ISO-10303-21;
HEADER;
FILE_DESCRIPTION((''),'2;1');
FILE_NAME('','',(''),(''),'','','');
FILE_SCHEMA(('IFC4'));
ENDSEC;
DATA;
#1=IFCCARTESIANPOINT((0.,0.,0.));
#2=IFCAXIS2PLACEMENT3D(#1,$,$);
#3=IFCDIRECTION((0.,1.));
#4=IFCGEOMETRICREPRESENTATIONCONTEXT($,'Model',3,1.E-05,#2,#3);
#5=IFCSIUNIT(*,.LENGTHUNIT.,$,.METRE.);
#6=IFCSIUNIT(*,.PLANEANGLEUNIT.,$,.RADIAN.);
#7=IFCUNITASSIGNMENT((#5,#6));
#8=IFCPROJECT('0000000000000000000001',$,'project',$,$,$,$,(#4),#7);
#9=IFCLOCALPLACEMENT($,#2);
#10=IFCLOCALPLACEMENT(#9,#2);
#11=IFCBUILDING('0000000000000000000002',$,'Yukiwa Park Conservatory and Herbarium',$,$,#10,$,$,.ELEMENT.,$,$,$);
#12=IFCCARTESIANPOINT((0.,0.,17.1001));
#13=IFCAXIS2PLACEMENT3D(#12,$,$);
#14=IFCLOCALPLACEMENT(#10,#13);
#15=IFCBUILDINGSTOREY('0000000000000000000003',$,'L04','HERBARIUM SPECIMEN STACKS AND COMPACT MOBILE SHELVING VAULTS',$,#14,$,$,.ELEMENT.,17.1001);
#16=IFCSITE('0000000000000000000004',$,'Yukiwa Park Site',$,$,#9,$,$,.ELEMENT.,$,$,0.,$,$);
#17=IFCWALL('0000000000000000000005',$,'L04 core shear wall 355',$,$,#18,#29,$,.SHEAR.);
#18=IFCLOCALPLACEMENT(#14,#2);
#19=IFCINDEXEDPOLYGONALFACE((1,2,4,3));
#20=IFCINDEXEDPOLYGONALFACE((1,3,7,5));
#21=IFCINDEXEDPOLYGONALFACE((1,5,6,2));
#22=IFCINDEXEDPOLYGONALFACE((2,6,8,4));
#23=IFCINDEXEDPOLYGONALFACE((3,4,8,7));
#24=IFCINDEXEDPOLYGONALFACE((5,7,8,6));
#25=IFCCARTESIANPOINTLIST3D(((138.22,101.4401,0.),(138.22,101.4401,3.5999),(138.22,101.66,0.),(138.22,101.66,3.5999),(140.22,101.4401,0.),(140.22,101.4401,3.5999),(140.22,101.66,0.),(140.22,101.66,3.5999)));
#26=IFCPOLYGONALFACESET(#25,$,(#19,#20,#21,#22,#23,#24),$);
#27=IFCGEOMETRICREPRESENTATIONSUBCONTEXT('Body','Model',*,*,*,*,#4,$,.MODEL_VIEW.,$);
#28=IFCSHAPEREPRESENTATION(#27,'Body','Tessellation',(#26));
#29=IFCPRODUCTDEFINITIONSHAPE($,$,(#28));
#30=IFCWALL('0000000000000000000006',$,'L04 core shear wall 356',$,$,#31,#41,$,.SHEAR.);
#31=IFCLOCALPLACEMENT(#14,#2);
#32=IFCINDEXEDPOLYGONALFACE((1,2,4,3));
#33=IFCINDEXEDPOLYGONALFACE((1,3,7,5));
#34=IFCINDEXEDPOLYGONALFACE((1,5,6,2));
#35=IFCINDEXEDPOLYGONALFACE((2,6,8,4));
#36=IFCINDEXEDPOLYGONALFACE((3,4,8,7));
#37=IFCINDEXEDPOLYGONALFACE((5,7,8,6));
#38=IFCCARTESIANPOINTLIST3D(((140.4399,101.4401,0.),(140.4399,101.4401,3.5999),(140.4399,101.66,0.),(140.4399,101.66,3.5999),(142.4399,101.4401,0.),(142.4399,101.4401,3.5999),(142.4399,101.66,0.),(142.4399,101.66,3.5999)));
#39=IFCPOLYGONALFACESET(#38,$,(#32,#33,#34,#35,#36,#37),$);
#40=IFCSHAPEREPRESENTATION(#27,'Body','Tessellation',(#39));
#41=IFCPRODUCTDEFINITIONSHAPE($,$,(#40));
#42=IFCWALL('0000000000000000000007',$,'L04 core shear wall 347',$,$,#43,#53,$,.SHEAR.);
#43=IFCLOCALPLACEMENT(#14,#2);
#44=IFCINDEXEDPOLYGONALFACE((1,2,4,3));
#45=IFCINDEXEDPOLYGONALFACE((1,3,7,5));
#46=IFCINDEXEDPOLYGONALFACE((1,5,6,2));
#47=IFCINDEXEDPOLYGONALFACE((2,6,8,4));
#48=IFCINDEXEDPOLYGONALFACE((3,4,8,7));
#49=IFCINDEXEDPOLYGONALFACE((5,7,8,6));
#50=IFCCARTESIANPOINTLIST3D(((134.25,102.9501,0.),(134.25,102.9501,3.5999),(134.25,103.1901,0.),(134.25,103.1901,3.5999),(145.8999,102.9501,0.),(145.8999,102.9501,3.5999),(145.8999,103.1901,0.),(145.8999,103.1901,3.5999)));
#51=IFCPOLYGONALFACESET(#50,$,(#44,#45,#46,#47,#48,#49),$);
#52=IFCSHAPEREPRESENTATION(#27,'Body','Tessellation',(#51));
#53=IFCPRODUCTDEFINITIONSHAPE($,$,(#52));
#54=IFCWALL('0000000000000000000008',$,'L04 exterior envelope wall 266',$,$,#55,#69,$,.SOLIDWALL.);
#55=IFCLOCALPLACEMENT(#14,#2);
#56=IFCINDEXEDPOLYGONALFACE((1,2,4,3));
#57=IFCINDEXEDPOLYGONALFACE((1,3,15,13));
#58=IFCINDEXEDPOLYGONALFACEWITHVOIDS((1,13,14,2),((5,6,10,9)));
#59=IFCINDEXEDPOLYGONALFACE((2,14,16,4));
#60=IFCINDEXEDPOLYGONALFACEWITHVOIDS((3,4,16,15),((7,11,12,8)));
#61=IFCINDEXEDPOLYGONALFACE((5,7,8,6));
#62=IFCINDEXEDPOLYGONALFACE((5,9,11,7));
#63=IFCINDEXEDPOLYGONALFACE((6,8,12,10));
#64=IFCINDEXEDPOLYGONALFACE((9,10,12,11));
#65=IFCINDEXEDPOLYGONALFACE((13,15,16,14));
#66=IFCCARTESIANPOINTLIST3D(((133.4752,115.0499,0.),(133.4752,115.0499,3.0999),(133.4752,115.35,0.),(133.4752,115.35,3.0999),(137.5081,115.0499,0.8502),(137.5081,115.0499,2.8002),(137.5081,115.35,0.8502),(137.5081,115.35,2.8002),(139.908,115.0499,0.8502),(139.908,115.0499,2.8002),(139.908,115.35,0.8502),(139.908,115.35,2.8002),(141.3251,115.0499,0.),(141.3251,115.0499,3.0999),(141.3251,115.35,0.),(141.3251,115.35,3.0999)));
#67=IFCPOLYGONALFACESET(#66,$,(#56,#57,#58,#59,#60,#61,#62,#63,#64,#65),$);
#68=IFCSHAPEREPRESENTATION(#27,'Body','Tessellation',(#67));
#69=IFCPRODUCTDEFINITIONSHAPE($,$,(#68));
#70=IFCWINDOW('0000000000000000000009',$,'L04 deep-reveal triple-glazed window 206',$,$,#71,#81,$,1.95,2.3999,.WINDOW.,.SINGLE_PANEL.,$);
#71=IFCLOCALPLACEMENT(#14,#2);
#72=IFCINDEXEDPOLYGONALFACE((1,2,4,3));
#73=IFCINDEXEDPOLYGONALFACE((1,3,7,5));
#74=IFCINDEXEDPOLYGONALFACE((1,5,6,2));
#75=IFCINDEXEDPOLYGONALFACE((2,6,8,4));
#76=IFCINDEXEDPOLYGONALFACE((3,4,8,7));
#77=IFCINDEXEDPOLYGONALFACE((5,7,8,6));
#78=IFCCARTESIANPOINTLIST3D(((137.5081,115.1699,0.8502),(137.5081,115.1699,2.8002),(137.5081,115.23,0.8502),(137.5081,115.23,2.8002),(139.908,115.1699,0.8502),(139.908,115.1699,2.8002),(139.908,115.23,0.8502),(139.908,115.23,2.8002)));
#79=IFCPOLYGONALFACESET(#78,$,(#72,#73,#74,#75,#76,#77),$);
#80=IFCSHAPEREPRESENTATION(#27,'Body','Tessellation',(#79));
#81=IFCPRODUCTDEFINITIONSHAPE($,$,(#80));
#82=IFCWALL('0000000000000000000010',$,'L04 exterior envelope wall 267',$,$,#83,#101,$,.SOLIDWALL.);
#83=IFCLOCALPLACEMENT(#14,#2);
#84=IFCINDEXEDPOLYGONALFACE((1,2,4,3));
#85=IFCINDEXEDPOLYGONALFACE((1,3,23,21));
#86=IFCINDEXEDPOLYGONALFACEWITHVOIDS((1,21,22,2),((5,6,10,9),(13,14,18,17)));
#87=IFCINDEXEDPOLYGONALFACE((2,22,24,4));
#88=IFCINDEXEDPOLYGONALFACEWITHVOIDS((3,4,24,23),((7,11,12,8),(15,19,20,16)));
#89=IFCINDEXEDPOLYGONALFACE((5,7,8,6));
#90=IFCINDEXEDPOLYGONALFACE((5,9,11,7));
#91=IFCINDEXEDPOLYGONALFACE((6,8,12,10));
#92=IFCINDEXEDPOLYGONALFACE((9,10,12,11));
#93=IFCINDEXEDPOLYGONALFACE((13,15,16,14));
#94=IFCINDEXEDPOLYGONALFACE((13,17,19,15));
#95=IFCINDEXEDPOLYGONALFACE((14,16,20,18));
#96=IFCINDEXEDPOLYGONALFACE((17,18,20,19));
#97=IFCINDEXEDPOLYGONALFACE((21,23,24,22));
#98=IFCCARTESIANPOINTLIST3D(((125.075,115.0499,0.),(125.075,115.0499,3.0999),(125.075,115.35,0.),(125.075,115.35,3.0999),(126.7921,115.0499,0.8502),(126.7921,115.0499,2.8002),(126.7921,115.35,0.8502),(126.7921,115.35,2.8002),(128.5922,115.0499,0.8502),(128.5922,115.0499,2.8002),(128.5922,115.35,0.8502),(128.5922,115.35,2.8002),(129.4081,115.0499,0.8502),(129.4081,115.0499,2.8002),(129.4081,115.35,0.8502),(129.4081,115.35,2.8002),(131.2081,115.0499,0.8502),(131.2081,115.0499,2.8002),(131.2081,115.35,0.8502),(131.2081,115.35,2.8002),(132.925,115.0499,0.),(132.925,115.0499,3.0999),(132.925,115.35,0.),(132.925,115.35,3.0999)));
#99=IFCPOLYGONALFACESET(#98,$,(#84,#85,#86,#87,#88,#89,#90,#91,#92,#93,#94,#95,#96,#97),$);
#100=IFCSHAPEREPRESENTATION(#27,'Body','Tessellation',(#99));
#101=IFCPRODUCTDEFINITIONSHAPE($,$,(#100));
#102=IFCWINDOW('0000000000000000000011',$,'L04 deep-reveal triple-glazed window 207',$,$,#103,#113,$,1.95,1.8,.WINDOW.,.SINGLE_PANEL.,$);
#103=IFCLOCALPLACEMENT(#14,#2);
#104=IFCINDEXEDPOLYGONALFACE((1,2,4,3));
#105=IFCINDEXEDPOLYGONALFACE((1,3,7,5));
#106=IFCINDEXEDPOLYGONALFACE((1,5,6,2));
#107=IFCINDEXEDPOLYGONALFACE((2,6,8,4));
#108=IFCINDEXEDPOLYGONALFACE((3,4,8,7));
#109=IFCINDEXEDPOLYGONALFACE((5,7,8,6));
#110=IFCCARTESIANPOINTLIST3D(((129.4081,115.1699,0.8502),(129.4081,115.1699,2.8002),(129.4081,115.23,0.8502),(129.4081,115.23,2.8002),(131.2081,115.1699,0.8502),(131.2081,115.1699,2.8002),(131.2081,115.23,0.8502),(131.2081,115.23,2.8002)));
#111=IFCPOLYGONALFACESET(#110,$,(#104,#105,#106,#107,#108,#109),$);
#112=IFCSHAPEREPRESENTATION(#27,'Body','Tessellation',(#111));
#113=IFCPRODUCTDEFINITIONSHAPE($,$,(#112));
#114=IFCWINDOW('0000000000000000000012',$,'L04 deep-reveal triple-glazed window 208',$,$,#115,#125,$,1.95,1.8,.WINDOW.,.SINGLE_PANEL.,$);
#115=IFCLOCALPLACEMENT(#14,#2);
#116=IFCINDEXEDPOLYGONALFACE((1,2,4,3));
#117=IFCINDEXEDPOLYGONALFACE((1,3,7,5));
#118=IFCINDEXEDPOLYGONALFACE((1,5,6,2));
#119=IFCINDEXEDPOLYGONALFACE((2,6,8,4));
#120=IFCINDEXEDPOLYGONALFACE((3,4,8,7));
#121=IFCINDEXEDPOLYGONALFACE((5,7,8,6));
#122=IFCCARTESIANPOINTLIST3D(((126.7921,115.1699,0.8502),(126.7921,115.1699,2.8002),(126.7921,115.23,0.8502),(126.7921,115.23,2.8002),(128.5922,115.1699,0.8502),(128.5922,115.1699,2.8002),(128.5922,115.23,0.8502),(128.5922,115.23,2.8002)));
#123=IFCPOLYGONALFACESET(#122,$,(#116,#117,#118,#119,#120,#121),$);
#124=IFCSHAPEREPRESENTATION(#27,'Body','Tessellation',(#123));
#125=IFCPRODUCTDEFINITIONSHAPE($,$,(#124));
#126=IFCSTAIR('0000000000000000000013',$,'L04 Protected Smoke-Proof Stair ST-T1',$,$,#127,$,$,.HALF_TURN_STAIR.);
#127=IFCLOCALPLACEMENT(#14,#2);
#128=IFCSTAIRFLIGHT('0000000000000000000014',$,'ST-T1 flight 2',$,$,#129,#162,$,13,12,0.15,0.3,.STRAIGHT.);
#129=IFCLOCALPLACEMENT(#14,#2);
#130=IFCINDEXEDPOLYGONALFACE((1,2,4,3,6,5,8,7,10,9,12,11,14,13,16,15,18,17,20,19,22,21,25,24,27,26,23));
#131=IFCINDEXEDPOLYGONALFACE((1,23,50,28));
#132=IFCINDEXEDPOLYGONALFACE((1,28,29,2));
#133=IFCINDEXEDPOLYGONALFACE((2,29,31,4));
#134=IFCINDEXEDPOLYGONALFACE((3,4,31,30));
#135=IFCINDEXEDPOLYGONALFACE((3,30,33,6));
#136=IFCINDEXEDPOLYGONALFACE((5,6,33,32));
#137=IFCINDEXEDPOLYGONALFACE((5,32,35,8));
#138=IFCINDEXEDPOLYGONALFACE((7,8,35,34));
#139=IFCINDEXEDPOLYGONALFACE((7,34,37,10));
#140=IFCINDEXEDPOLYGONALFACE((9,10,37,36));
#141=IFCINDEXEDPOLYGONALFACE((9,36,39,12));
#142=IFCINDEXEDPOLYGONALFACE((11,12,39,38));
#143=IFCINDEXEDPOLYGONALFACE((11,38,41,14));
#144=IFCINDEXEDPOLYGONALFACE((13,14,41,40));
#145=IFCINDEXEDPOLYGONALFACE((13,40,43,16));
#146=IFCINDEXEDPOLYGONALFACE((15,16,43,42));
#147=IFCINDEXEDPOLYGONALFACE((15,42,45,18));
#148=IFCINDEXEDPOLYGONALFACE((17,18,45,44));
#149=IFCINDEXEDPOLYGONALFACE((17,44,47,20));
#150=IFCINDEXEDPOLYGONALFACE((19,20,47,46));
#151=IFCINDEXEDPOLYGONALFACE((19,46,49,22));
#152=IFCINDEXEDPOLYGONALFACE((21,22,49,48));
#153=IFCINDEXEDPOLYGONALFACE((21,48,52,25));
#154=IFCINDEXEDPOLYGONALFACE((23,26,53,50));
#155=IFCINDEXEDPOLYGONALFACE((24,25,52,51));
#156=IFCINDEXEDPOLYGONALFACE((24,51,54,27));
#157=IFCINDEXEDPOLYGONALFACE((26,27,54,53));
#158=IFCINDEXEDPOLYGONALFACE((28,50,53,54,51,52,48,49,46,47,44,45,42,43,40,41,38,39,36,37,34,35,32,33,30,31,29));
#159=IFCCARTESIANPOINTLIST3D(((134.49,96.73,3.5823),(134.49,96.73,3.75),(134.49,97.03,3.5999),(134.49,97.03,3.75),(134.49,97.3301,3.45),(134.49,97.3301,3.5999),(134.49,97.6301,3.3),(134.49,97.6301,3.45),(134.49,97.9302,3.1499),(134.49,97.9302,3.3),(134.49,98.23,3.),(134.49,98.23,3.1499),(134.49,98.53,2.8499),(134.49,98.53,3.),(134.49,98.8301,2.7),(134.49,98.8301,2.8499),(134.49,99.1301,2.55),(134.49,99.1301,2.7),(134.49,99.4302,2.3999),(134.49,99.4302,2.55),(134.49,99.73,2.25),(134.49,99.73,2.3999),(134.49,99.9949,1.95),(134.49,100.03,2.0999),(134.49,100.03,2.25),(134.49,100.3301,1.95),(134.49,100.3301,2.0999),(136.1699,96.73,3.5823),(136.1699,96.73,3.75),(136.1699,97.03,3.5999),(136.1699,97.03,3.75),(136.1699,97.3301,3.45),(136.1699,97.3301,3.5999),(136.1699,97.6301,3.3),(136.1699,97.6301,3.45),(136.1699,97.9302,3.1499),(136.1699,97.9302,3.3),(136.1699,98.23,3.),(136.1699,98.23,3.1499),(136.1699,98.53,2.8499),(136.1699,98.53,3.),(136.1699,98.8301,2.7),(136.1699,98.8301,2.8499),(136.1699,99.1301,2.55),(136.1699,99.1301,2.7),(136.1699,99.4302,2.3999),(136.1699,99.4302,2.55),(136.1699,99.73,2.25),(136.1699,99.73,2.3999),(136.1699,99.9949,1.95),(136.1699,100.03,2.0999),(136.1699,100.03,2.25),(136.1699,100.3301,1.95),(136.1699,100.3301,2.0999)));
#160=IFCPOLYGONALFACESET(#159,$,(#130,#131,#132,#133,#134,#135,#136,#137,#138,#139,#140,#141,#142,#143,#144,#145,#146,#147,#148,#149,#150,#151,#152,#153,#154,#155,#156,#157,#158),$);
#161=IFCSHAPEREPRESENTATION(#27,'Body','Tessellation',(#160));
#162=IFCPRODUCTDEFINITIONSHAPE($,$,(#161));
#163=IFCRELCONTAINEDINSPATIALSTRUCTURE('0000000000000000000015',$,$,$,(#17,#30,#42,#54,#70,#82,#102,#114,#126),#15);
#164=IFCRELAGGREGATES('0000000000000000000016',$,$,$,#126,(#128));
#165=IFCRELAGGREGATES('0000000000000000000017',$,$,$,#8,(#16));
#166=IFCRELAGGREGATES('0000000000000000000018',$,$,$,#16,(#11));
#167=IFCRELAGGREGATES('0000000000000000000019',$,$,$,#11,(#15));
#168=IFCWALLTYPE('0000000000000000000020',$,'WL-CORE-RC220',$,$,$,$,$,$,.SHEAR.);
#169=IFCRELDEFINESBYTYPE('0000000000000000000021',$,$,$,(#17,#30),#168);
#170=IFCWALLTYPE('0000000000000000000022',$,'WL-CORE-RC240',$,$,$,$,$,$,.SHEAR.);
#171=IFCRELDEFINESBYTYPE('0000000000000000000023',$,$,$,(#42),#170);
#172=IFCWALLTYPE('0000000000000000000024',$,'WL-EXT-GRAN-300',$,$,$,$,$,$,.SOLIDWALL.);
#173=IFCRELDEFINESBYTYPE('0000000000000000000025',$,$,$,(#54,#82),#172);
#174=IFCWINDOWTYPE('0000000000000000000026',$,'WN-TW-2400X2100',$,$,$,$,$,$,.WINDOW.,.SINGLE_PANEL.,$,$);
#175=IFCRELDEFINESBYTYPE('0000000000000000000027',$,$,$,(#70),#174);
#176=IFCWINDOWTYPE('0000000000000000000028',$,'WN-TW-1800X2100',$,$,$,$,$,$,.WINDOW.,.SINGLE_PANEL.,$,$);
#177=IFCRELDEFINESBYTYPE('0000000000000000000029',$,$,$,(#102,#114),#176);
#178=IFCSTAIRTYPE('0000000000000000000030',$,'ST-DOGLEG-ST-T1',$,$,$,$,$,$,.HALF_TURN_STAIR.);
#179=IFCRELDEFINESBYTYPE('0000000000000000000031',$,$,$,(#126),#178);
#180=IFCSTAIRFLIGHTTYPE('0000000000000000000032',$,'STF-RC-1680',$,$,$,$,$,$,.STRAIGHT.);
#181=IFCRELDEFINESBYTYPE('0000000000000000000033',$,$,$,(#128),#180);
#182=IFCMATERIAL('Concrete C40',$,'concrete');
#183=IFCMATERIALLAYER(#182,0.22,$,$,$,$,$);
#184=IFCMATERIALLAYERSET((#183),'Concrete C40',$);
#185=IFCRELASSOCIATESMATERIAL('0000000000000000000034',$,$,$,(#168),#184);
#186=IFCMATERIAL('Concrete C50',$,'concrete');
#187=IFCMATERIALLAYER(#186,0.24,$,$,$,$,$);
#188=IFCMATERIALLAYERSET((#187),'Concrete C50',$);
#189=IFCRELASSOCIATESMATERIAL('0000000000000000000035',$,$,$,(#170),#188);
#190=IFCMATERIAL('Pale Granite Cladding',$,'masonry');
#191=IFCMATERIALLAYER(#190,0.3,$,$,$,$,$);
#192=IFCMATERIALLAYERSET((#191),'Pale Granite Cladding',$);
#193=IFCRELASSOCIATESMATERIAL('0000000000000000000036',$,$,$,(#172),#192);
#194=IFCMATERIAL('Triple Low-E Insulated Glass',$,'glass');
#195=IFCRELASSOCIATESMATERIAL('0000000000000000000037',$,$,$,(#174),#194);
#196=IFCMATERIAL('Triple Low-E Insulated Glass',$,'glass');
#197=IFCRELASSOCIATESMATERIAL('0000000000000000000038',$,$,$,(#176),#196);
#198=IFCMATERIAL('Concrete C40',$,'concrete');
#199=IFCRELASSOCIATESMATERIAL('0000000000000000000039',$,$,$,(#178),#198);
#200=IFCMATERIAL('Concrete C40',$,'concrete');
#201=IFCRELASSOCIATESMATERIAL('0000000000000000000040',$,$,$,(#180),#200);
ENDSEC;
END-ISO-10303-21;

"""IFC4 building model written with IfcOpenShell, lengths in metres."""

from ifc_helpers import new_model, si_unit, direction, frame, frame_2d, origin, place, context, subcontext, project, spatial, polyline, rectangle, outline, extrude, material, layer, layer_set, type_object, element, fill, aggregate, save


model = new_model("IFC4")

# Units and contexts
model_context = context("Model", 3, precision=1e-05, world=origin(), true_north=direction((0.0, 1.0)))
body_context = subcontext(model_context, "Body", "Model", "MODEL_VIEW")
ifc_project = project(units=[si_unit("LENGTHUNIT", "METRE"), si_unit("PLANEANGLEUNIT", "RADIAN")], contexts=[model_context])

# Site, building, storey
site_placement = place(None, origin())
site = spatial("IfcSite", under=ifc_project, at=site_placement, Name="Yukiwa Park Site", CompositionType="ELEMENT", RefElevation=0.0)
building_placement = place(site_placement, origin())
building = spatial("IfcBuilding", under=site, at=building_placement, Name="Yukiwa Park Conservatory and Herbarium", CompositionType="ELEMENT")
storey_placement = place(building_placement, frame((0.0, 0.0, 17.1001)))
storey = spatial("IfcBuildingStorey", under=building, at=storey_placement, Name="L04", Description="HERBARIUM SPECIMEN STACKS AND COMPACT MOBILE SHELVING VAULTS", CompositionType="ELEMENT", Elevation=17.1001)

# Walls
ifc_material_1 = material(Name="Concrete C40", Category="concrete")
ifc_layer_1 = layer(ifc_material_1, 0.22)
ifc_layer_set_1 = layer_set([ifc_layer_1], Name="Concrete C40")
wall_type_1 = type_object("IfcWallType", Name="WL-CORE-RC220", PredefinedType="SHEAR", material=ifc_layer_set_1)
for number, where, z_axis, x_axis, name in (
    (1, (138.22, 101.55, 0.0), (0.0, 0.0, 1.0), (1.0, 0.0, 0.0), "L04 core shear wall 355"),
    (2, (140.4399, 101.55, 0.0), (0.0, 0.0, 1.0), (1.0, 0.0, 0.0), "L04 core shear wall 356"),
):
    element("IfcWall", number, at=place(storey_placement, frame(where, z_axis=z_axis, x_axis=x_axis)), inside=storey, type_object=wall_type_1, Name=name, PredefinedType="SHEAR", context=body_context, shape_type="SweptSolid", body=[
        extrude(rectangle(XDim=2.0, YDim=0.22, at=frame_2d((1.0, 0.0))), origin(), (0.0, 0.0, 1.0), 3.5999),
    ])
ifc_material_2 = material(Name="Concrete C50", Category="concrete")
ifc_layer_2 = layer(ifc_material_2, 0.24)
ifc_layer_set_2 = layer_set([ifc_layer_2], Name="Concrete C50")
wall_type_2 = type_object("IfcWallType", Name="WL-CORE-RC240", PredefinedType="SHEAR", material=ifc_layer_set_2)
wall_1_placement = place(storey_placement, frame((134.25, 103.0701, 0.0), z_axis=(0.0, 0.0, 1.0), x_axis=(1.0, 0.0, 0.0)))
element("IfcWall", 3, at=wall_1_placement, inside=storey, type_object=wall_type_2, Name="L04 core shear wall 347", PredefinedType="SHEAR", context=body_context, shape_type="SweptSolid", body=[
    extrude(rectangle(XDim=11.6499, YDim=0.24, at=frame_2d((5.825, 0.0))), origin(), (0.0, 0.0, 1.0), 3.5999),
])

# Wall, opening, window
ifc_material_3 = material(Name="Pale Granite Cladding", Category="masonry")
ifc_layer_3 = layer(ifc_material_3, 0.3)
ifc_layer_set_3 = layer_set([ifc_layer_3], Name="Pale Granite Cladding")
wall_type_3 = type_object("IfcWallType", Name="WL-EXT-GRAN-300", PredefinedType="SOLIDWALL", material=ifc_layer_set_3)
wall_2_placement = place(storey_placement, frame((141.325, 115.2, 0.0), z_axis=(0.0, 0.0, 1.0), x_axis=(-1.0, 0.0, 0.0)))
wall_2 = element("IfcWall", 4, at=wall_2_placement, inside=storey, type_object=wall_type_3, Name="L04 exterior envelope wall 266", PredefinedType="SOLIDWALL", context=body_context, shape_type="SweptSolid", body=[
    extrude(rectangle(XDim=7.8499, YDim=0.3, at=frame_2d((3.9248, 0.0))), origin(), (0.0, 0.0, 1.0), 3.0999),
])
opening_1_placement = place(wall_2_placement, frame((1.417, 0.0, 0.8501)))
opening_1 = element("IfcOpeningElement", 5, at=opening_1_placement, cuts=wall_2, PredefinedType="OPENING", context=body_context, shape_type="SweptSolid", body=[
    extrude(rectangle(XDim=2.3999, YDim=1.95, at=frame_2d((1.2, 0.9751))), frame((0.0, 0.1602, 0.0), z_axis=(0.0, -1.0, 0.0), x_axis=(1.0, 0.0, 0.0)), (0.0, 0.0, 1.0), 0.3201),
])
ifc_material_4 = material(Name="Triple Low-E Insulated Glass", Category="glass")
window_type_1 = type_object("IfcWindowType", Name="WN-TW-2400X2100", PartitioningType="SINGLE_PANEL", PredefinedType="WINDOW", material=ifc_material_4)
window_1_placement = place(opening_1_placement, origin())
window_1 = element("IfcWindow", 6, at=window_1_placement, inside=storey, type_object=window_type_1, Name="L04 deep-reveal triple-glazed window 206", OverallHeight=1.95, OverallWidth=2.3999, PartitioningType="SINGLE_PANEL", PredefinedType="WINDOW", context=body_context, shape_type="SweptSolid", body=[
    extrude(rectangle(XDim=2.3999, YDim=1.95, at=frame_2d((1.2, 0.9751))), frame((0.0, 0.03, 0.0), z_axis=(0.0, -1.0, 0.0), x_axis=(1.0, 0.0, 0.0)), (0.0, 0.0, 1.0), 0.0601),
])
fill(opening_1, window_1)

# Wall, openings, windows
wall_3_placement = place(storey_placement, frame((132.925, 115.2, 0.0), z_axis=(0.0, 0.0, 1.0), x_axis=(-1.0, 0.0, 0.0)))
wall_3 = element("IfcWall", 7, at=wall_3_placement, inside=storey, type_object=wall_type_3, Name="L04 exterior envelope wall 267", PredefinedType="SOLIDWALL", context=body_context, shape_type="SweptSolid", body=[
    extrude(rectangle(XDim=7.8501, YDim=0.3, at=frame_2d((3.925, 0.0))), origin(), (0.0, 0.0, 1.0), 3.0999),
])
opening_2_placement = place(wall_3_placement, frame((1.717, 0.0, 0.8501)))
opening_2 = element("IfcOpeningElement", 8, at=opening_2_placement, cuts=wall_3, PredefinedType="OPENING", context=body_context, shape_type="SweptSolid", body=[
    extrude(rectangle(XDim=1.8, YDim=1.95, at=frame_2d((0.8999, 0.9751))), frame((0.0, 0.1602, 0.0), z_axis=(0.0, -1.0, 0.0), x_axis=(1.0, 0.0, 0.0)), (0.0, 0.0, 1.0), 0.3201),
])
opening_3_placement = place(wall_3_placement, frame((4.333, 0.0, 0.8501)))
opening_3 = element("IfcOpeningElement", 9, at=opening_3_placement, cuts=wall_3, PredefinedType="OPENING", context=body_context, shape_type="SweptSolid", body=[
    extrude(rectangle(XDim=1.8, YDim=1.95, at=frame_2d((0.8999, 0.9751))), frame((0.0, 0.1602, 0.0), z_axis=(0.0, -1.0, 0.0), x_axis=(1.0, 0.0, 0.0)), (0.0, 0.0, 1.0), 0.3201),
])
ifc_material_5 = material(Name="Triple Low-E Insulated Glass", Category="glass")
window_type_2 = type_object("IfcWindowType", Name="WN-TW-1800X2100", PartitioningType="SINGLE_PANEL", PredefinedType="WINDOW", material=ifc_material_5)
window_2_placement = place(opening_2_placement, origin())
window_2 = element("IfcWindow", 10, at=window_2_placement, inside=storey, type_object=window_type_2, Name="L04 deep-reveal triple-glazed window 207", OverallHeight=1.95, OverallWidth=1.8, PartitioningType="SINGLE_PANEL", PredefinedType="WINDOW", context=body_context, shape_type="SweptSolid", body=[
    extrude(rectangle(XDim=1.8, YDim=1.95, at=frame_2d((0.8999, 0.9751))), frame((0.0, 0.03, 0.0), z_axis=(0.0, -1.0, 0.0), x_axis=(1.0, 0.0, 0.0)), (0.0, 0.0, 1.0), 0.0601),
])
fill(opening_2, window_2)
window_3_placement = place(opening_3_placement, origin())
window_3 = element("IfcWindow", 11, at=window_3_placement, inside=storey, type_object=window_type_2, Name="L04 deep-reveal triple-glazed window 208", OverallHeight=1.95, OverallWidth=1.8, PartitioningType="SINGLE_PANEL", PredefinedType="WINDOW", context=body_context, shape_type="SweptSolid", body=[
    extrude(rectangle(XDim=1.8, YDim=1.95, at=frame_2d((0.8999, 0.9751))), frame((0.0, 0.03, 0.0), z_axis=(0.0, -1.0, 0.0), x_axis=(1.0, 0.0, 0.0)), (0.0, 0.0, 1.0), 0.0601),
])
fill(opening_3, window_3)

# Stair, stair flight
ifc_material_6 = material(Name="Concrete C40", Category="concrete")
stair_type = type_object("IfcStairType", Name="ST-DOGLEG-ST-T1", PredefinedType="HALF_TURN_STAIR", material=ifc_material_6)
stair_placement = place(storey_placement, origin())
stair = element("IfcStair", 12, at=stair_placement, inside=storey, type_object=stair_type, Name="L04 Protected Smoke-Proof Stair ST-T1", PredefinedType="HALF_TURN_STAIR")
ifc_material_7 = material(Name="Concrete C40", Category="concrete")
stair_flight_type = type_object("IfcStairFlightType", Name="STF-RC-1680", PredefinedType="STRAIGHT", material=ifc_material_7)
stair_flight_placement = place(storey_placement, frame((135.3301, 100.3301, 1.95), z_axis=(0.0, 0.0, 1.0), x_axis=(0.0, -1.0, 0.0)))
stair_flight = element("IfcStairFlight", 13, at=stair_flight_placement, type_object=stair_flight_type, Name="ST-T1 flight 2", NumberOfRisers=13, NumberOfTreads=12, PredefinedType="STRAIGHT", RiserHeight=0.15, TreadLength=0.3, context=body_context, shape_type="SweptSolid", body=[
    extrude(outline(polyline([(0.0, 0.0), (0.0, 0.1499), (0.3, 0.1499), (0.3, 0.3), (0.6001, 0.3), (0.6001, 0.45), (0.8999, 0.45), (0.8999, 0.6001), (1.2, 0.6001), (1.2, 0.75), (1.5, 0.75), (1.5, 0.8999), (1.8, 0.8999), (1.8, 1.05), (2.1001, 1.05), (2.1001, 1.2), (2.3999, 1.2), (2.3999, 1.3501), (2.7, 1.3501), (2.7, 1.5), (3.0, 1.5), (3.0, 1.6499), (3.3, 1.6499), (3.3, 1.8), (3.6001, 1.8), (3.6001, 1.95), (3.6001, 1.6323), (0.3352, 0.0), (0.0, 0.0)])), frame((0.0, 0.8398, 0.0), z_axis=(0.0, -1.0, 0.0), x_axis=(1.0, 0.0, 0.0)), (0.0, 0.0, 1.0), 1.6799),
])
aggregate(stair, [stair_flight])

save(model, "model.ifc")
